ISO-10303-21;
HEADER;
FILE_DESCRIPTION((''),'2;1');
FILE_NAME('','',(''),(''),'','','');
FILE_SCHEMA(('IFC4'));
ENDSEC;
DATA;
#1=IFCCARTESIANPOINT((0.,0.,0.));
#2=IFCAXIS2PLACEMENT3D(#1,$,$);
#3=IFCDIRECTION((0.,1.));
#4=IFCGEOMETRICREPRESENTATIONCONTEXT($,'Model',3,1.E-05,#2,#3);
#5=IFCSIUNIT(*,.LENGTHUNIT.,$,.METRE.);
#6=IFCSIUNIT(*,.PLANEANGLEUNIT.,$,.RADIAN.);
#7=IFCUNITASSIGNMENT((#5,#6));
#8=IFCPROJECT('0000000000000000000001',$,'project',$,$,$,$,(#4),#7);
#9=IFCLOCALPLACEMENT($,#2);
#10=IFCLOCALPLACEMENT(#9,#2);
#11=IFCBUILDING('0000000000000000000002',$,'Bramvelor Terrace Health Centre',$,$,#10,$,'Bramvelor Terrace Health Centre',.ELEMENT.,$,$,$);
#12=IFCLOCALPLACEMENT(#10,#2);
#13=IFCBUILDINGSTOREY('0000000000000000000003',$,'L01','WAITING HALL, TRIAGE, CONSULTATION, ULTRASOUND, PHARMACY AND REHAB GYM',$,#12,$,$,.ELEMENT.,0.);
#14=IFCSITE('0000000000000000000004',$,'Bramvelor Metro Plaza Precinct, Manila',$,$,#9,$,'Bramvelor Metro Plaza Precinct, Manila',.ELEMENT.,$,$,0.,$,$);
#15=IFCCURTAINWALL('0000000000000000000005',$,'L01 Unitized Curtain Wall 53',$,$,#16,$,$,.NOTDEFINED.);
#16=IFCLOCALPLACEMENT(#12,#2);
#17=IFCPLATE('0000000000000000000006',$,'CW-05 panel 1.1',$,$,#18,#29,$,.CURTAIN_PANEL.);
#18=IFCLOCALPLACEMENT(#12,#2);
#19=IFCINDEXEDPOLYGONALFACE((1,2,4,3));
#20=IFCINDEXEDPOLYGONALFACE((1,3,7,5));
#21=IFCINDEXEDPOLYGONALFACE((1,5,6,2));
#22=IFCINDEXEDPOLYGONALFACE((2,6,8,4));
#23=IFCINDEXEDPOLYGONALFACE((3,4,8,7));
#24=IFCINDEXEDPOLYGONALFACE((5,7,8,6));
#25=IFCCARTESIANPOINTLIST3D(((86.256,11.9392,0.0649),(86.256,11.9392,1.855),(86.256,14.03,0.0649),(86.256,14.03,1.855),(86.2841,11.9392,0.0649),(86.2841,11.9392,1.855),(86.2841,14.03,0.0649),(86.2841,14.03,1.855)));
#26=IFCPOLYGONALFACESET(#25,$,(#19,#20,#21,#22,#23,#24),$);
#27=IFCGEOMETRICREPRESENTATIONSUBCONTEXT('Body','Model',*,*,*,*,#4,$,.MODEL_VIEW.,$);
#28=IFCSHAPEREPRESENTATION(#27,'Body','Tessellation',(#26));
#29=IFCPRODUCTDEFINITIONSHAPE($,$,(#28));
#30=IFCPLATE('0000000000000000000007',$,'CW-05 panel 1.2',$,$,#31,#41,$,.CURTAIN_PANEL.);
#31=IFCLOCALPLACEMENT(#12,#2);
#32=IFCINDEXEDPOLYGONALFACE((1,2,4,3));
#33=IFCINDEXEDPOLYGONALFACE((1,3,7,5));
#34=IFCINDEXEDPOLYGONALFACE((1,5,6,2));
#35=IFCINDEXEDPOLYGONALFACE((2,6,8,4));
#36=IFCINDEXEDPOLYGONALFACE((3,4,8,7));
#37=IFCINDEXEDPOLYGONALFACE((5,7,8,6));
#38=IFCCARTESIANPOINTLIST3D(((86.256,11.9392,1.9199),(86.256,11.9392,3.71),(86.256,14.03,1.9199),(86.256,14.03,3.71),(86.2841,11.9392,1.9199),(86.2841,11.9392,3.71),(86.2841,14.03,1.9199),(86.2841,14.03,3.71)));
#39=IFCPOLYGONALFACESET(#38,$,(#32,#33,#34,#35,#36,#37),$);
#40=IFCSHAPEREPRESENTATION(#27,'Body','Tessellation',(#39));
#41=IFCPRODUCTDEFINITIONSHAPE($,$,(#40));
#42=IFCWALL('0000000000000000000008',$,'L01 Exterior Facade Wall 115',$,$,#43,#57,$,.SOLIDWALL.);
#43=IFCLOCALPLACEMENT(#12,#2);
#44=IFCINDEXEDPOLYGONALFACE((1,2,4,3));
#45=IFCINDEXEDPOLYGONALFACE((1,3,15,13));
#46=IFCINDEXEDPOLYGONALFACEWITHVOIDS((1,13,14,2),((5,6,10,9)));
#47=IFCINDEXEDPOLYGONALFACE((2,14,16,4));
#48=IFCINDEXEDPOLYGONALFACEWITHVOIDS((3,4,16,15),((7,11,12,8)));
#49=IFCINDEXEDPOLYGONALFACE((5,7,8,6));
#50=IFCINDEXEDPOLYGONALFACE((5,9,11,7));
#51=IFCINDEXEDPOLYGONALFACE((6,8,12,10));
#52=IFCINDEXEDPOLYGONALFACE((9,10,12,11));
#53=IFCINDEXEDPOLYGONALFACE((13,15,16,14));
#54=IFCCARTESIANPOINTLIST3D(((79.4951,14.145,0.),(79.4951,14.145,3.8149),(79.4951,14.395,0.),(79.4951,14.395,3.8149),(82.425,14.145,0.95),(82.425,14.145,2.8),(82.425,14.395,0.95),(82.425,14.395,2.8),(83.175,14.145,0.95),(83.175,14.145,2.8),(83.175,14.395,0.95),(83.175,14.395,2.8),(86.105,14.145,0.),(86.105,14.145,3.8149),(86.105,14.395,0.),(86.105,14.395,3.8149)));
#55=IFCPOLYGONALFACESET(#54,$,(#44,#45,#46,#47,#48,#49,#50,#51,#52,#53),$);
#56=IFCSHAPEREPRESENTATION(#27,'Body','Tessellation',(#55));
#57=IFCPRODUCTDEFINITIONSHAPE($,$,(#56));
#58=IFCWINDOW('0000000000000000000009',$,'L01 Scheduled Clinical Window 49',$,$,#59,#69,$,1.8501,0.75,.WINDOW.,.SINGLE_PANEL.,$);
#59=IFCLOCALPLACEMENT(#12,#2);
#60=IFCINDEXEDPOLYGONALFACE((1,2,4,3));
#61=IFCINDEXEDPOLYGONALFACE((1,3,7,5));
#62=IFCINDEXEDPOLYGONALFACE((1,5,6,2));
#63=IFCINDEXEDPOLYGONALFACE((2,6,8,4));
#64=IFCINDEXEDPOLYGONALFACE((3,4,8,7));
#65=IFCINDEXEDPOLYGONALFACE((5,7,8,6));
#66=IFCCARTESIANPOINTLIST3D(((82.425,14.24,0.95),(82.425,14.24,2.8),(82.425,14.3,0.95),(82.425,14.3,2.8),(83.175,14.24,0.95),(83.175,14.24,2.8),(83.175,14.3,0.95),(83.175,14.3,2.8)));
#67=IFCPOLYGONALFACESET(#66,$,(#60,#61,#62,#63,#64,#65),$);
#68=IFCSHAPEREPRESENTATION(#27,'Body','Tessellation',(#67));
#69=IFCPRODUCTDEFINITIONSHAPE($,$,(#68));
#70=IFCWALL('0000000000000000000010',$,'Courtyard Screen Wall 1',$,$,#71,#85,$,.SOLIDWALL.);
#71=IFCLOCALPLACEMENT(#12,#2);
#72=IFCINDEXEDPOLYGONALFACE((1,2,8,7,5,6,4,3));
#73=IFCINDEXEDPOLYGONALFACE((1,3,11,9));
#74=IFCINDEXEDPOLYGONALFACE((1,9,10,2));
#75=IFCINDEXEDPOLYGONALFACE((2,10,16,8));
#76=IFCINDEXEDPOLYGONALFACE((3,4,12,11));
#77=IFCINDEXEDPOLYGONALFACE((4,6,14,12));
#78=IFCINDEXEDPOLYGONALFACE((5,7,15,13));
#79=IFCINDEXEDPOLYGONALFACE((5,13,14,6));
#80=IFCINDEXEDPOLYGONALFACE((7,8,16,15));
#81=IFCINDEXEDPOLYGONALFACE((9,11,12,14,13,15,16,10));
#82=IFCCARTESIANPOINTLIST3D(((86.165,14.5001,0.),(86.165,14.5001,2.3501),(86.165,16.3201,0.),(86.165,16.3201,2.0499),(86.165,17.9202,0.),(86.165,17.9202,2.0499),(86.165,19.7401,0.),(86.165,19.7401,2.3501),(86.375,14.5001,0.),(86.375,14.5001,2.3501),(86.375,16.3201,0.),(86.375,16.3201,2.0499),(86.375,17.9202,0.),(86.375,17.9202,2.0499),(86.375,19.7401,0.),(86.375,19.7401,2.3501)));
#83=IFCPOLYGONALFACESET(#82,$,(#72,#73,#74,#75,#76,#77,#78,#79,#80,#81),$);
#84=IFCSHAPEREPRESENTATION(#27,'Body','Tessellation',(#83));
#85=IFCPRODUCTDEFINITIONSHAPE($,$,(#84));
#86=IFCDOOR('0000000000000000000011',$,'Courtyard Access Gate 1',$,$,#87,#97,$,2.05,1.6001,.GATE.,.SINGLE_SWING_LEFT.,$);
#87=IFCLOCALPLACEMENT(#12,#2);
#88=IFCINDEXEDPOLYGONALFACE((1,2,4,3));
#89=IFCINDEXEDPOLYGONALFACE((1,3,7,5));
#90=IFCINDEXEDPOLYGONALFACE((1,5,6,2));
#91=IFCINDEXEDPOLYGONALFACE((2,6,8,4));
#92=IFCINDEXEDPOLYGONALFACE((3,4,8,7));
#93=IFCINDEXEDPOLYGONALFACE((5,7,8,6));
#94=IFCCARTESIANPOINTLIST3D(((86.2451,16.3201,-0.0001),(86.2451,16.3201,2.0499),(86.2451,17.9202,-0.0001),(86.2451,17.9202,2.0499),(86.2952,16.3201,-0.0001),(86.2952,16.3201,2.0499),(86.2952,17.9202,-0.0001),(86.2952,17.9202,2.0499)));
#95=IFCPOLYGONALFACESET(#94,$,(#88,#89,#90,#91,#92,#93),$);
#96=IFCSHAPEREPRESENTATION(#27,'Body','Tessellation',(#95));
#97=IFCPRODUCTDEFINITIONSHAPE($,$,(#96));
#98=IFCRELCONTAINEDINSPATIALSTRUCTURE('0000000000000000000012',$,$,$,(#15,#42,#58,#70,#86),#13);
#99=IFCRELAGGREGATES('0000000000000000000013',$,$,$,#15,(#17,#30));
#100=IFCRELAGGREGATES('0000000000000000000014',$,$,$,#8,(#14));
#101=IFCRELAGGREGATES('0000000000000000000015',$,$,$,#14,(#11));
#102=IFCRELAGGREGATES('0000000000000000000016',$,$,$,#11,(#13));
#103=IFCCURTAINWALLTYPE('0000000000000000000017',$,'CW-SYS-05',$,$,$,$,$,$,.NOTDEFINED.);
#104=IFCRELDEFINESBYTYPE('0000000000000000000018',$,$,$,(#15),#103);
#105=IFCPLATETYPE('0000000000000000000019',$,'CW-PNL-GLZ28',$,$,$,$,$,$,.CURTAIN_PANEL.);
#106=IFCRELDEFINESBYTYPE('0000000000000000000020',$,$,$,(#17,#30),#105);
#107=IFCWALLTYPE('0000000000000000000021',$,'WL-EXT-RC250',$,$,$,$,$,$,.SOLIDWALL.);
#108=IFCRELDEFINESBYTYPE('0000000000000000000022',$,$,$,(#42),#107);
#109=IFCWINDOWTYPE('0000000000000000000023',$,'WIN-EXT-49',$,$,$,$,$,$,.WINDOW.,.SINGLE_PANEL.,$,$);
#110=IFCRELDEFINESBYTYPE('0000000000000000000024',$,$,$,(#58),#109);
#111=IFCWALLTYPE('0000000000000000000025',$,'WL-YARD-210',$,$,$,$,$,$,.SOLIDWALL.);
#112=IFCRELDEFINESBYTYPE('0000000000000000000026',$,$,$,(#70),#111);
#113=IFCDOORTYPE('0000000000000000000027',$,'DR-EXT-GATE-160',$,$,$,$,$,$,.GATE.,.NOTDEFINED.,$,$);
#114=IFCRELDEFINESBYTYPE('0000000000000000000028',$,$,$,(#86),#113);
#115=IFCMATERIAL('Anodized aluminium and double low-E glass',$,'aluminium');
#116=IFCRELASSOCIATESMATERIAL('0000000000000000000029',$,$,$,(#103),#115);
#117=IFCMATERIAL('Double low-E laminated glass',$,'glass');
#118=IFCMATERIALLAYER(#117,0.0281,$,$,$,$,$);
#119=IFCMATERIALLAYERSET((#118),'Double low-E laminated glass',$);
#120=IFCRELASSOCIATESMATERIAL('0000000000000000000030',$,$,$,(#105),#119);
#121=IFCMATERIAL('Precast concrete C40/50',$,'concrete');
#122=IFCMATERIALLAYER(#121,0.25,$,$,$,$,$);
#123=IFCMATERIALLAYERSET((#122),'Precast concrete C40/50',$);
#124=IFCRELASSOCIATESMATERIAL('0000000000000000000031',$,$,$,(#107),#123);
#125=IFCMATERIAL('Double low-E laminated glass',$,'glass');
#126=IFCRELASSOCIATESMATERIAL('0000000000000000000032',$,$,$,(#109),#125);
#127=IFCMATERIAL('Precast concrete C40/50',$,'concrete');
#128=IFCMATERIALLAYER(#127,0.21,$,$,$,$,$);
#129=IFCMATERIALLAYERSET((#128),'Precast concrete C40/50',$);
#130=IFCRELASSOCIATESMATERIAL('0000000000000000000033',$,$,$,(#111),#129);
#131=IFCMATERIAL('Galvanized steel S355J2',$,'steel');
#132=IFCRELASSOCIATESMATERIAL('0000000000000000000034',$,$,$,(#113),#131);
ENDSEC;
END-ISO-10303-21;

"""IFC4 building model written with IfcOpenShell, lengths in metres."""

from ifc_helpers import new_model, si_unit, direction, frame, frame_2d, origin, origin_2d, place, context, subcontext, project, spatial, rectangle, extrude, material, layer, layer_set, type_object, element, fill, aggregate, save


model = new_model("IFC4")

# Units and contexts
model_context = context("Model", 3, precision=1e-05, world=origin(), true_north=direction((0.0, 1.0)))
body_context = subcontext(model_context, "Body", "Model", "MODEL_VIEW")
ifc_project = project(units=[si_unit("LENGTHUNIT", "METRE"), si_unit("PLANEANGLEUNIT", "RADIAN")], contexts=[model_context])

# Site, building, storey
site_placement = place(None, origin())
site = spatial("IfcSite", under=ifc_project, at=site_placement, Name="Bramvelor Metro Plaza Precinct, Manila", LongName="Bramvelor Metro Plaza Precinct, Manila", CompositionType="ELEMENT", RefElevation=0.0)
building_placement = place(site_placement, origin())
building = spatial("IfcBuilding", under=site, at=building_placement, Name="Bramvelor Terrace Health Centre", LongName="Bramvelor Terrace Health Centre", CompositionType="ELEMENT")
storey_placement = place(building_placement, origin())
storey = spatial("IfcBuildingStorey", under=building, at=storey_placement, Name="L01", Description="WAITING HALL, TRIAGE, CONSULTATION, ULTRASOUND, PHARMACY AND REHAB GYM", CompositionType="ELEMENT", Elevation=0.0)

# Curtain wall, plates
ifc_material_1 = material(Name="Anodized aluminium and double low-E glass", Category="aluminium")
curtain_wall_type = type_object("IfcCurtainWallType", Name="CW-SYS-05", PredefinedType="NOTDEFINED", material=ifc_material_1)
curtain_wall_placement = place(storey_placement, origin())
curtain_wall = element("IfcCurtainWall", 1, at=curtain_wall_placement, inside=storey, type_object=curtain_wall_type, Name="L01 Unitized Curtain Wall 53", PredefinedType="NOTDEFINED")
ifc_material_2 = material(Name="Double low-E laminated glass", Category="glass")
ifc_layer_1 = layer(ifc_material_2, 0.0281)
ifc_layer_set_1 = layer_set([ifc_layer_1], Name="Double low-E laminated glass")
plate_type = type_object("IfcPlateType", Name="CW-PNL-GLZ28", PredefinedType="CURTAIN_PANEL", material=ifc_layer_set_1)
plate_1_placement = place(storey_placement, frame((86.27, 12.9846, 0.0649), z_axis=(0.0, 0.0, 1.0), x_axis=(0.0, -1.0, 0.0)))
plate_1 = element("IfcPlate", 2, at=plate_1_placement, type_object=plate_type, Name="CW-05 panel 1.1", PredefinedType="CURTAIN_PANEL", context=body_context, shape_type="SweptSolid", body=[
    extrude(rectangle(XDim=2.0908, YDim=0.0281, at=origin_2d()), origin(), (0.0, 0.0, 1.0), 1.79),
])
plate_2_placement = place(storey_placement, frame((86.27, 12.9846, 1.9199), z_axis=(0.0, 0.0, 1.0), x_axis=(0.0, -1.0, 0.0)))
plate_2 = element("IfcPlate", 3, at=plate_2_placement, type_object=plate_type, Name="CW-05 panel 1.2", PredefinedType="CURTAIN_PANEL", context=body_context, shape_type="SweptSolid", body=[
    extrude(rectangle(XDim=2.0908, YDim=0.0281, at=origin_2d()), origin(), (0.0, 0.0, 1.0), 1.79),
])
aggregate(curtain_wall, [plate_1, plate_2])

# Wall, opening, window
ifc_material_3 = material(Name="Precast concrete C40/50", Category="concrete")
ifc_layer_2 = layer(ifc_material_3, 0.25)
ifc_layer_set_2 = layer_set([ifc_layer_2], Name="Precast concrete C40/50")
wall_type_1 = type_object("IfcWallType", Name="WL-EXT-RC250", PredefinedType="SOLIDWALL", material=ifc_layer_set_2)
wall_1_placement = place(storey_placement, frame((79.4951, 14.27, 0.0), z_axis=(0.0, 0.0, 1.0), x_axis=(1.0, 0.0, 0.0)))
wall_1 = element("IfcWall", 4, at=wall_1_placement, inside=storey, type_object=wall_type_1, Name="L01 Exterior Facade Wall 115", PredefinedType="SOLIDWALL", context=body_context, shape_type="SweptSolid", body=[
    extrude(rectangle(XDim=6.6099, YDim=0.25, at=frame_2d((3.3049, 0.0))), origin(), (0.0, 0.0, 1.0), 3.8149),
])
opening_1_placement = place(wall_1_placement, frame((2.9299, 0.0, 0.95)))
opening_1 = element("IfcOpeningElement", 5, at=opening_1_placement, cuts=wall_1, PredefinedType="OPENING", context=body_context, shape_type="SweptSolid", body=[
    extrude(rectangle(XDim=0.75, YDim=1.8501, at=frame_2d((0.375, 0.925))), frame((0.0, 0.135, 0.0), z_axis=(0.0, -1.0, 0.0), x_axis=(1.0, 0.0, 0.0)), (0.0, 0.0, 1.0), 0.27),
])
ifc_material_4 = material(Name="Double low-E laminated glass", Category="glass")
window_type = type_object("IfcWindowType", Name="WIN-EXT-49", PartitioningType="SINGLE_PANEL", PredefinedType="WINDOW", material=ifc_material_4)
window_placement = place(opening_1_placement, origin())
window = element("IfcWindow", 6, at=window_placement, inside=storey, type_object=window_type, Name="L01 Scheduled Clinical Window 49", OverallHeight=1.8501, OverallWidth=0.75, PartitioningType="SINGLE_PANEL", PredefinedType="WINDOW", context=body_context, shape_type="SweptSolid", body=[
    extrude(rectangle(XDim=0.75, YDim=1.8501, at=frame_2d((0.375, 0.925))), frame((0.0, 0.03, 0.0), z_axis=(0.0, -1.0, 0.0), x_axis=(1.0, 0.0, 0.0)), (0.0, 0.0, 1.0), 0.0601),
])
fill(opening_1, window)

# Wall, opening, door
ifc_material_5 = material(Name="Precast concrete C40/50", Category="concrete")
ifc_layer_3 = layer(ifc_material_5, 0.21)
ifc_layer_set_3 = layer_set([ifc_layer_3], Name="Precast concrete C40/50")
wall_type_2 = type_object("IfcWallType", Name="WL-YARD-210", PredefinedType="SOLIDWALL", material=ifc_layer_set_3)
wall_2_placement = place(storey_placement, frame((86.27, 14.5, 0.0), z_axis=(0.0, 0.0, 1.0), x_axis=(0.0, 1.0, 0.0)))
wall_2 = element("IfcWall", 7, at=wall_2_placement, inside=storey, type_object=wall_type_2, Name="Courtyard Screen Wall 1", PredefinedType="SOLIDWALL", context=body_context, shape_type="SweptSolid", body=[
    extrude(rectangle(XDim=5.24, YDim=0.21, at=frame_2d((2.6201, 0.0))), origin(), (0.0, 0.0, 1.0), 2.3501),
])
opening_2_placement = place(wall_2_placement, frame((1.8201, 0.0, 0.0)))
opening_2 = element("IfcOpeningElement", 8, at=opening_2_placement, cuts=wall_2, PredefinedType="OPENING", context=body_context, shape_type="SweptSolid", body=[
    extrude(rectangle(XDim=1.6001, YDim=2.05, at=frame_2d((0.8, 1.0249))), frame((0.0, 0.115, 0.0), z_axis=(0.0, -1.0, 0.0), x_axis=(1.0, 0.0, 0.0)), (0.0, 0.0, 1.0), 0.23),
])
ifc_material_6 = material(Name="Galvanized steel S355J2", Category="steel")
door_type = type_object("IfcDoorType", Name="DR-EXT-GATE-160", OperationType="NOTDEFINED", PredefinedType="GATE", material=ifc_material_6)
door_placement = place(opening_2_placement, origin())
door = element("IfcDoor", 9, at=door_placement, inside=storey, type_object=door_type, Name="Courtyard Access Gate 1", OperationType="SINGLE_SWING_LEFT", OverallHeight=2.05, OverallWidth=1.6001, PredefinedType="GATE", context=body_context, shape_type="SweptSolid", body=[
    extrude(rectangle(XDim=1.6001, YDim=2.05, at=frame_2d((0.8, 1.0249))), frame((0.0, 0.0249, 0.0), z_axis=(0.0, -1.0, 0.0), x_axis=(1.0, 0.0, 0.0)), (0.0, 0.0, 1.0), 0.05),
])
fill(opening_2, door)

save(model, "model.ifc")
